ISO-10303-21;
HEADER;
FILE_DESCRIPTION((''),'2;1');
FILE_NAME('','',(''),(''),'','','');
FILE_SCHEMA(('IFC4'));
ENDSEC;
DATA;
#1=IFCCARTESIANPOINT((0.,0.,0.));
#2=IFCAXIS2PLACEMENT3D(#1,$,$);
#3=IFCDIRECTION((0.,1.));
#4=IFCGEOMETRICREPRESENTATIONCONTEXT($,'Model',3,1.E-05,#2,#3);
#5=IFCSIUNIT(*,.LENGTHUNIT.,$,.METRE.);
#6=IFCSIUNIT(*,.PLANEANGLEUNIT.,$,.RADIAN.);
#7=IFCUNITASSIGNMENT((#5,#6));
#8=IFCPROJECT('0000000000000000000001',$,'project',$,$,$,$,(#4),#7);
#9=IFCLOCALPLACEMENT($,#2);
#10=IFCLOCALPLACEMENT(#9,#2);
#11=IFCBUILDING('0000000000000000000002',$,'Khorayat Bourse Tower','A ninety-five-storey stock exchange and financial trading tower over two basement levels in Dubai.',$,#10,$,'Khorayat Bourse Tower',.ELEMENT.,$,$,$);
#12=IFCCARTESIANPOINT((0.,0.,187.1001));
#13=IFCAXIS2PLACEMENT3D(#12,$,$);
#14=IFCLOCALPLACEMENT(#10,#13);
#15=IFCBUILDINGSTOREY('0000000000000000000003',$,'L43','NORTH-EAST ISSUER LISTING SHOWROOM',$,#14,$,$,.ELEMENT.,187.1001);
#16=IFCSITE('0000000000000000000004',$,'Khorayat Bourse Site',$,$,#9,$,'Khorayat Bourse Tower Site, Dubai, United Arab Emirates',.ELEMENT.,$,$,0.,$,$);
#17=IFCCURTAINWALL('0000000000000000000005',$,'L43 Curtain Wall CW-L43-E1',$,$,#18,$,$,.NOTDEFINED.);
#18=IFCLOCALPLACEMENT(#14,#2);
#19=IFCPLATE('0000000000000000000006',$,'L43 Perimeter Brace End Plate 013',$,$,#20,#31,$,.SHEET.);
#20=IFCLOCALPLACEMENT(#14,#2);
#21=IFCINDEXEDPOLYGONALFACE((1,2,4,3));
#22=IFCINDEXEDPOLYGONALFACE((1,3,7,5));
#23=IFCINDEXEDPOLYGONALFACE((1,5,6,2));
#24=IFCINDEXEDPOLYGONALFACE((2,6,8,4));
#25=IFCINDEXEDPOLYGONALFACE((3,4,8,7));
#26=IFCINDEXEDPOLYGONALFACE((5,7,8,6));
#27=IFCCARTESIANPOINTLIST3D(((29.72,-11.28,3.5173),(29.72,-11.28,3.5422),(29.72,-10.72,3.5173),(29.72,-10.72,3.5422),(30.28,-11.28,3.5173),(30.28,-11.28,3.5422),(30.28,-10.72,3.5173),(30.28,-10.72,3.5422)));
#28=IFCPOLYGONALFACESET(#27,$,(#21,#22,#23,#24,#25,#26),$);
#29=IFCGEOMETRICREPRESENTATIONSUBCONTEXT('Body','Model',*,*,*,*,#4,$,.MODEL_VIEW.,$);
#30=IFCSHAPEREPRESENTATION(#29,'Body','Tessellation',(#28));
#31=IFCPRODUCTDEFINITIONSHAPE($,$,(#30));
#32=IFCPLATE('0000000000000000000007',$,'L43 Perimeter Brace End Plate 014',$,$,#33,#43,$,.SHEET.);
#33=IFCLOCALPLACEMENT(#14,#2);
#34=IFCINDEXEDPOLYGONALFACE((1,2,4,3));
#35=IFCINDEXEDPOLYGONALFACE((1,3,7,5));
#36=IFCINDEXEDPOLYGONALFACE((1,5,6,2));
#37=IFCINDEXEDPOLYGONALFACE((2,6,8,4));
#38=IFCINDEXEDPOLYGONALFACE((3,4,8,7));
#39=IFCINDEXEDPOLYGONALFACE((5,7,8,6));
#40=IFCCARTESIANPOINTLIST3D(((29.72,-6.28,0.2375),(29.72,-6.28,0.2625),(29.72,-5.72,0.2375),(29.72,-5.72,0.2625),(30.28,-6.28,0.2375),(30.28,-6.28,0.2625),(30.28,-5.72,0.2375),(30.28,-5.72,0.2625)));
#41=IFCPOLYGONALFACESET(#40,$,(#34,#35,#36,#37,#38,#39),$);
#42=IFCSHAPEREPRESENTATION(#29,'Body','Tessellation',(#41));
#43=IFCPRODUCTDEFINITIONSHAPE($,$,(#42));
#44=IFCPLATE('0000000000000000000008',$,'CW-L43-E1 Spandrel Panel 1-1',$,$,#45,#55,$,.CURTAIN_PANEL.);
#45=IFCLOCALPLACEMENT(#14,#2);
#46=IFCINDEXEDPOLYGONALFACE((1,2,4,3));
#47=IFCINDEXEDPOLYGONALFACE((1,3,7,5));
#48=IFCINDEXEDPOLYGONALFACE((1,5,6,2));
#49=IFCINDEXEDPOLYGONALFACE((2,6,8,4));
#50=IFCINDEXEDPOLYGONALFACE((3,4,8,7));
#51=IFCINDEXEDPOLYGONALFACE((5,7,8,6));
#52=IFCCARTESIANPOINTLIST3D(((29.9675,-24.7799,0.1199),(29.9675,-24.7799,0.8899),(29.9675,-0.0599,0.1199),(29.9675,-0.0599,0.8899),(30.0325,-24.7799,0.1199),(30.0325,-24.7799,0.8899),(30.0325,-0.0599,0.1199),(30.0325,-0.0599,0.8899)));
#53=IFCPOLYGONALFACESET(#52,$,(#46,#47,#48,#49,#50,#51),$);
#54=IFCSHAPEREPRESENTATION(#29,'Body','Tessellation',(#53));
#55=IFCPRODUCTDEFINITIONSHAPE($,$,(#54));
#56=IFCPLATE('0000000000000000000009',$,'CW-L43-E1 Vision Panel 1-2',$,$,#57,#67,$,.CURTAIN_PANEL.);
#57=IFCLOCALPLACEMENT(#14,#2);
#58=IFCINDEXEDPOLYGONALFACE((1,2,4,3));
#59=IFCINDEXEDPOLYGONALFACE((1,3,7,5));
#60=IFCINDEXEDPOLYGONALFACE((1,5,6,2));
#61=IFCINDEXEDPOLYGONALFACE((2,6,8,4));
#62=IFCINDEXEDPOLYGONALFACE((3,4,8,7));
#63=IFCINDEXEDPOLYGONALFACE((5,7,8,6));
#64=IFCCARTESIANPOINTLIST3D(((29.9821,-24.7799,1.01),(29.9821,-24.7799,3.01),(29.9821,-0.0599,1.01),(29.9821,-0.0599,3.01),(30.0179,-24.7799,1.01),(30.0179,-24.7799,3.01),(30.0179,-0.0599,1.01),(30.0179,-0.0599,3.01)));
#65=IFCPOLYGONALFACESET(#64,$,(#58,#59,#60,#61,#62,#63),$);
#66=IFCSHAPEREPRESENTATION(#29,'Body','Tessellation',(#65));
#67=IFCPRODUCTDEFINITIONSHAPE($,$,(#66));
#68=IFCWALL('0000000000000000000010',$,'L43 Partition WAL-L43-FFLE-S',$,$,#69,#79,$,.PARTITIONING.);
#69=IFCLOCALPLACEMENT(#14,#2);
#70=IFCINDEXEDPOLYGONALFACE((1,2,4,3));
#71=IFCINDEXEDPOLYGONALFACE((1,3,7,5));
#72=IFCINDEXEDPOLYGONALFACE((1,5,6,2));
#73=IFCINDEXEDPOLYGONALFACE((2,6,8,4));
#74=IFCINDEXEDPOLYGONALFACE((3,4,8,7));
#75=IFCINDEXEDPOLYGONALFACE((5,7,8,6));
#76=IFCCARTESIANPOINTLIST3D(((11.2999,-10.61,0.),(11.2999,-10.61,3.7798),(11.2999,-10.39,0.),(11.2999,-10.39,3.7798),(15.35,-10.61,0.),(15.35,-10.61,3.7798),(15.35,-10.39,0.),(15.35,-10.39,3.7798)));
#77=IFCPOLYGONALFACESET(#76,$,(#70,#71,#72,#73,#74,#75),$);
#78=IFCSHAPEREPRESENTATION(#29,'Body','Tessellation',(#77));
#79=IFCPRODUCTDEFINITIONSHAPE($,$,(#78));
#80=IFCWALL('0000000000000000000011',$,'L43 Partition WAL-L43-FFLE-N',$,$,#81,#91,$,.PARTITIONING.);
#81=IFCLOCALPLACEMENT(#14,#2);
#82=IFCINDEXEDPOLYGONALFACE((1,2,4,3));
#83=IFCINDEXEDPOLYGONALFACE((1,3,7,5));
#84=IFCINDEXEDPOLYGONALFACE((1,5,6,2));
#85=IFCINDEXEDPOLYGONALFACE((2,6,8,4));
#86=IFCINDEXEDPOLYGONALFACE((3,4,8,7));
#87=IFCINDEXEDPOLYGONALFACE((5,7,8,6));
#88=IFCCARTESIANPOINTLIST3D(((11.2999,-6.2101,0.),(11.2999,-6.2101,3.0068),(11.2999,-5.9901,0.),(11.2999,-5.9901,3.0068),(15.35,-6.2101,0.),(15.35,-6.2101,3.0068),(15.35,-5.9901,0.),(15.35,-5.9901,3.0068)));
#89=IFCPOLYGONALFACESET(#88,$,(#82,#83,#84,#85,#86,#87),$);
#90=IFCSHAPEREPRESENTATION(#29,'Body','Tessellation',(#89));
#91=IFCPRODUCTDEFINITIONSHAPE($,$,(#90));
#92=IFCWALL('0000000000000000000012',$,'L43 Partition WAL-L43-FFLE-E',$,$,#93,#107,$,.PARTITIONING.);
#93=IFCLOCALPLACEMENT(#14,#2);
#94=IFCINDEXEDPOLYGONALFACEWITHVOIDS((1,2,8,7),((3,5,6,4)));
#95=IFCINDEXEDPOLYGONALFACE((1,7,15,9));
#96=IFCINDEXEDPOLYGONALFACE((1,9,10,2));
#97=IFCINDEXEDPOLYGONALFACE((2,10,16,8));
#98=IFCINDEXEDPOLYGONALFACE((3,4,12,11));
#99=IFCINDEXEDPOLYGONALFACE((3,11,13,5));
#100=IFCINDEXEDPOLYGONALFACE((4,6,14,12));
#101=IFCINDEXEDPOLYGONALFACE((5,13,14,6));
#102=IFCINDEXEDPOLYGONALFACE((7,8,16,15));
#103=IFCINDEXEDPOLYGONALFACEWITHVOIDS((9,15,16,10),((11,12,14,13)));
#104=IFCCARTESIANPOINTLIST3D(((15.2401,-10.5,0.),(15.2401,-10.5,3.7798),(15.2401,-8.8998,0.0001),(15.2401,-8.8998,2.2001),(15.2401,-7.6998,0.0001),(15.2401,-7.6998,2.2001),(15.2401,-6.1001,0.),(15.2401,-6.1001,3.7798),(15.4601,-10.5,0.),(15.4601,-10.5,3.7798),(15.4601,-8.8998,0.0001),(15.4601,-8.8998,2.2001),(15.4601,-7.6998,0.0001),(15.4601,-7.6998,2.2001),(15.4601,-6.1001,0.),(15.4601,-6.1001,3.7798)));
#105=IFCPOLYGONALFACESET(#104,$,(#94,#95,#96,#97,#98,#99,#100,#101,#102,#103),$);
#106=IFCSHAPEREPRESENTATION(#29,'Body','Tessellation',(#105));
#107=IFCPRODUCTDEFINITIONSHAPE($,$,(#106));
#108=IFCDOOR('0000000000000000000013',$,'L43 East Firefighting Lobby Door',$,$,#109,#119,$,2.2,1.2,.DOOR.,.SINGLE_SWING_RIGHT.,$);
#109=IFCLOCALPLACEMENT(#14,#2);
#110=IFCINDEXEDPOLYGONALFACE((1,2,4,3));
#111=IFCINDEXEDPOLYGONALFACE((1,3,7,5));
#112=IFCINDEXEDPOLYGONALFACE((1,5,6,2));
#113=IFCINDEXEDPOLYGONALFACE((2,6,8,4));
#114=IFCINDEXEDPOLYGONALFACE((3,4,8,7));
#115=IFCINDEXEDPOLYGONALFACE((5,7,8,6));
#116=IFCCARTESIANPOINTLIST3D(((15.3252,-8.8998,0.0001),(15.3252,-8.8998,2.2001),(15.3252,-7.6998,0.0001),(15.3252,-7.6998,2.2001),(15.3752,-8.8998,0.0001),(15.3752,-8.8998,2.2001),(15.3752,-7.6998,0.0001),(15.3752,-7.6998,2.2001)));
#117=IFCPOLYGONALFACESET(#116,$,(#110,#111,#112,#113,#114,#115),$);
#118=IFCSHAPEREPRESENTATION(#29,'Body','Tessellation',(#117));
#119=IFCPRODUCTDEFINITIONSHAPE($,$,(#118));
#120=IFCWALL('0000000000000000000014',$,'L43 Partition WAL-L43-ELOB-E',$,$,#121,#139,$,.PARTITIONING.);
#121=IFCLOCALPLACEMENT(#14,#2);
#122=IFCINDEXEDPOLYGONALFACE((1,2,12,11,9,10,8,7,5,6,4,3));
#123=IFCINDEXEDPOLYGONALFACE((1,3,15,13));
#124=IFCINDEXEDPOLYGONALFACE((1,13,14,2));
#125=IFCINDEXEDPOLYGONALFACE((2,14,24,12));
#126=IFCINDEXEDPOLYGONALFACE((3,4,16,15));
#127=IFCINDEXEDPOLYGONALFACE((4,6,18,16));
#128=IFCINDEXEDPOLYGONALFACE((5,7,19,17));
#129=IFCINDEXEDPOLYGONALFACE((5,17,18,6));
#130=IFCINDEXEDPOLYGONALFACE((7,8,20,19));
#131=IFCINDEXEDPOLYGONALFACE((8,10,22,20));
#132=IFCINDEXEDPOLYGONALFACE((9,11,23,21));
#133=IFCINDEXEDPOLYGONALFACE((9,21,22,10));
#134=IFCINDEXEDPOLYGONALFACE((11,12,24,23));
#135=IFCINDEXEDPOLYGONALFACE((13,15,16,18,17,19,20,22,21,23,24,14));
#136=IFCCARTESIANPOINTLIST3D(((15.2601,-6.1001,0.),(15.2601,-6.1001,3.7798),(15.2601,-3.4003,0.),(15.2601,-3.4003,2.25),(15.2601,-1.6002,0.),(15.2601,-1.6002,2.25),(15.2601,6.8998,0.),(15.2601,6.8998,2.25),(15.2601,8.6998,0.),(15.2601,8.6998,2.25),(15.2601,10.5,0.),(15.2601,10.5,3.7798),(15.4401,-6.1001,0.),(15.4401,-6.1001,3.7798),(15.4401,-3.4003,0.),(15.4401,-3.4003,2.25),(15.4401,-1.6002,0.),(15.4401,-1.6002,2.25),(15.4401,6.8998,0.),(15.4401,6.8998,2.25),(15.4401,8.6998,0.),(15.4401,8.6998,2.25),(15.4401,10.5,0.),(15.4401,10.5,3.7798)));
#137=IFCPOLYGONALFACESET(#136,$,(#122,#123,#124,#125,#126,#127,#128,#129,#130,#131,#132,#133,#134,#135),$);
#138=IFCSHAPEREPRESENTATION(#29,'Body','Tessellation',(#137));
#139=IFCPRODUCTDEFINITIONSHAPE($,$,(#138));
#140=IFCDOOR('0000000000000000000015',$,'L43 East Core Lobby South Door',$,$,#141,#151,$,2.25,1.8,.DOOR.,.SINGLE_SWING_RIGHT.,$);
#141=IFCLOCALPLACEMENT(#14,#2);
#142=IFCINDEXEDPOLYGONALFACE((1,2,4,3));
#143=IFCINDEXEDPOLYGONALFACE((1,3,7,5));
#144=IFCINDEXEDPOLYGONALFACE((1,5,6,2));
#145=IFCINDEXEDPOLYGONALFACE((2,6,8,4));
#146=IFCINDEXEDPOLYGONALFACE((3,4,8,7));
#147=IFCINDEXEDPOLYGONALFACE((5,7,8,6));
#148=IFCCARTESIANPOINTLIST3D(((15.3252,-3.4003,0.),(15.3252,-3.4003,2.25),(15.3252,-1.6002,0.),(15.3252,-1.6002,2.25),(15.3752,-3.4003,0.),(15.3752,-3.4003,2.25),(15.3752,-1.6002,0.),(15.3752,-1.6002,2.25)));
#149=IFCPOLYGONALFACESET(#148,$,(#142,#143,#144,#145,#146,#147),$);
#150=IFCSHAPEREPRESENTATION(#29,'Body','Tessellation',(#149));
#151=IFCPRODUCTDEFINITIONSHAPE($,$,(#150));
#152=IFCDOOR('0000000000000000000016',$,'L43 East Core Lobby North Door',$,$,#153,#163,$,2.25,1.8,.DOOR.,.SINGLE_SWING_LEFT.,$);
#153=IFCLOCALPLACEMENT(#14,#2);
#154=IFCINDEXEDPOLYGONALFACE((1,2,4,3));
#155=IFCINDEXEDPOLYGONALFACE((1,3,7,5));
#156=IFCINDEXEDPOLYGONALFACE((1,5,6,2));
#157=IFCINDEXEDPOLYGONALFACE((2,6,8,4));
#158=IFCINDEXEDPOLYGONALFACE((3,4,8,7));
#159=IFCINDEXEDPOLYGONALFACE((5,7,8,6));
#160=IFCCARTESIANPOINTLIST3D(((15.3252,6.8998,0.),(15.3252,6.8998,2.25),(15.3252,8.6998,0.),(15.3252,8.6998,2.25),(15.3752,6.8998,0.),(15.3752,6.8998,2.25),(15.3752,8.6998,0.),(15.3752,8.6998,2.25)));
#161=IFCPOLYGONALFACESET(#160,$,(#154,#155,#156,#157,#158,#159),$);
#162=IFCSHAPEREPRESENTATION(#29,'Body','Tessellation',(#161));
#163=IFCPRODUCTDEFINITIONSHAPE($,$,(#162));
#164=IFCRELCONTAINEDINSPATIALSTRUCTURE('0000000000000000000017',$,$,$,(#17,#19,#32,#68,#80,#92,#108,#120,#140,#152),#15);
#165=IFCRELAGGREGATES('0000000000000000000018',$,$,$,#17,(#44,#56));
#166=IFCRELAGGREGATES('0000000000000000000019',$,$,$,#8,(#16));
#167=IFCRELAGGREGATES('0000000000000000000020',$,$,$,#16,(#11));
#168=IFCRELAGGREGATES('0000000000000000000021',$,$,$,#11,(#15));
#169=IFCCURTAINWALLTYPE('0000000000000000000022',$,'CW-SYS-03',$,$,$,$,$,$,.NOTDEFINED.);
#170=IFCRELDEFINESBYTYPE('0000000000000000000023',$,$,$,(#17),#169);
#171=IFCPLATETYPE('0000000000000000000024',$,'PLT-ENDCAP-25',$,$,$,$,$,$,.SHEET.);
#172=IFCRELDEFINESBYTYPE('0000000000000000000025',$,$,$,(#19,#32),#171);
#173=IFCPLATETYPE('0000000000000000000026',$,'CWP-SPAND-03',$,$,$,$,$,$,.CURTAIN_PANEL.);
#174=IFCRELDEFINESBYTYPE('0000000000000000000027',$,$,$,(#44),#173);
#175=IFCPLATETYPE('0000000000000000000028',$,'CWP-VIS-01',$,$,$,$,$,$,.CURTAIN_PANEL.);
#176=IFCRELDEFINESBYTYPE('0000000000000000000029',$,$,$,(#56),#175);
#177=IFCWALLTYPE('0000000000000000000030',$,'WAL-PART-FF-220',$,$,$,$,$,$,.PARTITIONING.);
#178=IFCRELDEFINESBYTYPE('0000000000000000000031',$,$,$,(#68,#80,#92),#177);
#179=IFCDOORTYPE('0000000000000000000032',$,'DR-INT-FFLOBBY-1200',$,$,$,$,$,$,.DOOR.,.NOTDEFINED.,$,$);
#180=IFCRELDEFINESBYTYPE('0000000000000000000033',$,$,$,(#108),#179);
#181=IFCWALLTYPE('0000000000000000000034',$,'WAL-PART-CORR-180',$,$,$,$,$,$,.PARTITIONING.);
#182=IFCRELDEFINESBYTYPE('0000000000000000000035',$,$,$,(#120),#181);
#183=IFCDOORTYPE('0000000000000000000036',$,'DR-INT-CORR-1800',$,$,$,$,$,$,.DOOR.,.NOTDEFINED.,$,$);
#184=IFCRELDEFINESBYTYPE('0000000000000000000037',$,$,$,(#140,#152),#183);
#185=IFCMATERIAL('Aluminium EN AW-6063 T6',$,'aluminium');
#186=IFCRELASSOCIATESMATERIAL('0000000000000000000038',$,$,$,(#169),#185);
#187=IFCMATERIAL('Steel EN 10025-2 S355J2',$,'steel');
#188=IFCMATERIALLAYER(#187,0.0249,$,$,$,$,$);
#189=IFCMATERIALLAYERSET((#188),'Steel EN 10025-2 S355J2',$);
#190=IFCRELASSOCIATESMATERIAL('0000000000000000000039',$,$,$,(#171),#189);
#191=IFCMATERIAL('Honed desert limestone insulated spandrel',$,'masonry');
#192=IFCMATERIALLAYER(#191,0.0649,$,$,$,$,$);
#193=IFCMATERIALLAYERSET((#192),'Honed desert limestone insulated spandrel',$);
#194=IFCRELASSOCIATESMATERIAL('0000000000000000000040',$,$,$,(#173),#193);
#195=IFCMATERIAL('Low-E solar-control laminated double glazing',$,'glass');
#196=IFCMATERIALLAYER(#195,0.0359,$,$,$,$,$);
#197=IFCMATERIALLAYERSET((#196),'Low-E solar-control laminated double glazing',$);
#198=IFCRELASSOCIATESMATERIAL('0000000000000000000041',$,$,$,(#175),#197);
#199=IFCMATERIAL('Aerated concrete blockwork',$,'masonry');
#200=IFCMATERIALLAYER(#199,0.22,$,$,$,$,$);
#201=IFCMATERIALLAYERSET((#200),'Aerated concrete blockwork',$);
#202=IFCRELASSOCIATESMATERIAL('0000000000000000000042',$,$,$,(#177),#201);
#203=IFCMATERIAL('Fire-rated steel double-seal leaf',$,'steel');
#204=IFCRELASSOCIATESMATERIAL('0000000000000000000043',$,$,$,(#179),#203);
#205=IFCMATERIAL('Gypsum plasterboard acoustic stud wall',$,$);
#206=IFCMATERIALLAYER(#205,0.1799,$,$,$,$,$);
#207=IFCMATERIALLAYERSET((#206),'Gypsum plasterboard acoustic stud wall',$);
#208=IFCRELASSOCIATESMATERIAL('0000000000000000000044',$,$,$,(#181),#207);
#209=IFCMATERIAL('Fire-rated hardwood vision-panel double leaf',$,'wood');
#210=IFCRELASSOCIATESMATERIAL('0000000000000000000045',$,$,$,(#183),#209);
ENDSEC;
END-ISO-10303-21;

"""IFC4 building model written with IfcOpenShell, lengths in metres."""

from ifc_helpers import new_model, si_unit, direction, frame, frame_2d, origin, origin_2d, place, context, subcontext, project, spatial, rectangle, extrude, source, transform, mapped, material, layer, layer_set, type_object, element, fill, aggregate, save


model = new_model("IFC4")

# Units and contexts
model_context = context("Model", 3, precision=1e-05, world=origin(), true_north=direction((0.0, 1.0)))
body_context = subcontext(model_context, "Body", "Model", "MODEL_VIEW")
ifc_project = project(units=[si_unit("LENGTHUNIT", "METRE"), si_unit("PLANEANGLEUNIT", "RADIAN")], contexts=[model_context])

# Site, building, storey
site_placement = place(None, origin())
site = spatial("IfcSite", under=ifc_project, at=site_placement, Name="Khorayat Bourse Site", LongName="Khorayat Bourse Tower Site, Dubai, United Arab Emirates", CompositionType="ELEMENT", RefElevation=0.0)
building_placement = place(site_placement, origin())
building = spatial("IfcBuilding", under=site, at=building_placement, Name="Khorayat Bourse Tower", Description="A ninety-five-storey stock exchange and financial trading tower over two basement levels in Dubai.", LongName="Khorayat Bourse Tower", CompositionType="ELEMENT")
storey_placement = place(building_placement, frame((0.0, 0.0, 187.1001)))
storey = spatial("IfcBuildingStorey", under=building, at=storey_placement, Name="L43", Description="NORTH-EAST ISSUER LISTING SHOWROOM", CompositionType="ELEMENT", Elevation=187.1001)

# Curtain wall
ifc_material_1 = material(Name="Aluminium EN AW-6063 T6", Category="aluminium")
curtain_wall_type = type_object("IfcCurtainWallType", Name="CW-SYS-03", PredefinedType="NOTDEFINED", material=ifc_material_1)
curtain_wall_placement = place(storey_placement, origin())
curtain_wall = element("IfcCurtainWall", 1, at=curtain_wall_placement, inside=storey, type_object=curtain_wall_type, Name="L43 Curtain Wall CW-L43-E1", PredefinedType="NOTDEFINED")

# Plates
ifc_material_2 = material(Name="Steel EN 10025-2 S355J2", Category="steel")
ifc_layer_1 = layer(ifc_material_2, 0.0249)
ifc_layer_set_1 = layer_set([ifc_layer_1], Name="Steel EN 10025-2 S355J2")
plate_type_1 = type_object("IfcPlateType", Name="PLT-ENDCAP-25", PredefinedType="SHEET", material=ifc_layer_set_1)
shared_shape_1 = source(origin(), body_context, "Body", "SweptSolid", [
    extrude(rectangle(XDim=0.5601, YDim=0.5601, at=origin_2d()), origin(), (0.0, 0.0, 1.0), 0.0249),
])
for number, where, z_axis, x_axis, name in (
    (2, (30.0, -11.0, 3.5173), (0.0, 0.0, 1.0), (1.0, 0.0, 0.0), "L43 Perimeter Brace End Plate 013"),
    (3, (30.0, -6.0, 0.2375), (0.0, 0.0, 1.0), (1.0, 0.0, 0.0), "L43 Perimeter Brace End Plate 014"),
):
    element("IfcPlate", number, at=place(storey_placement, frame(where, z_axis=z_axis, x_axis=x_axis)), inside=storey, type_object=plate_type_1, Name=name, PredefinedType="SHEET", context=body_context, shape_type="MappedRepresentation", body=[
        mapped(shared_shape_1, transform((0.0, 0.0, 0.0), scale=1.0)),
    ])

# Plates
ifc_material_3 = material(Name="Honed desert limestone insulated spandrel", Category="masonry")
ifc_layer_2 = layer(ifc_material_3, 0.0649)
ifc_layer_set_2 = layer_set([ifc_layer_2], Name="Honed desert limestone insulated spandrel")
plate_type_2 = type_object("IfcPlateType", Name="CWP-SPAND-03", PredefinedType="CURTAIN_PANEL", material=ifc_layer_set_2)
shared_shape_2 = source(origin(), body_context, "Body", "SweptSolid", [
    extrude(rectangle(XDim=24.72, YDim=0.0649, at=origin_2d()), origin(), (0.0, 0.0, 1.0), 0.77),
])
plate_1_placement = place(storey_placement, frame((30.0, -12.4199, 0.1199), z_axis=(0.0, 0.0, 1.0), x_axis=(0.0, 1.0, 0.0)))
plate_1 = element("IfcPlate", 4, at=plate_1_placement, type_object=plate_type_2, Name="CW-L43-E1 Spandrel Panel 1-1", PredefinedType="CURTAIN_PANEL", context=body_context, shape_type="MappedRepresentation", body=[
    mapped(shared_shape_2, transform((0.0, 0.0, 0.0), scale=1.0)),
])
ifc_material_4 = material(Name="Low-E solar-control laminated double glazing", Category="glass")
ifc_layer_3 = layer(ifc_material_4, 0.0359)
ifc_layer_set_3 = layer_set([ifc_layer_3], Name="Low-E solar-control laminated double glazing")
plate_type_3 = type_object("IfcPlateType", Name="CWP-VIS-01", PredefinedType="CURTAIN_PANEL", material=ifc_layer_set_3)
shared_shape_3 = source(origin(), body_context, "Body", "SweptSolid", [
    extrude(rectangle(XDim=24.72, YDim=0.0359, at=origin_2d()), origin(), (0.0, 0.0, 1.0), 2.0),
])
plate_2_placement = place(storey_placement, frame((30.0, -12.4199, 1.01), z_axis=(0.0, 0.0, 1.0), x_axis=(0.0, 1.0, 0.0)))
plate_2 = element("IfcPlate", 5, at=plate_2_placement, type_object=plate_type_3, Name="CW-L43-E1 Vision Panel 1-2", PredefinedType="CURTAIN_PANEL", context=body_context, shape_type="MappedRepresentation", body=[
    mapped(shared_shape_3, transform((0.0, 0.0, 0.0), scale=1.0)),
])
aggregate(curtain_wall, [plate_1, plate_2])

# Walls
ifc_material_5 = material(Name="Aerated concrete blockwork", Category="masonry")
ifc_layer_4 = layer(ifc_material_5, 0.22)
ifc_layer_set_4 = layer_set([ifc_layer_4], Name="Aerated concrete blockwork")
wall_type_1 = type_object("IfcWallType", Name="WAL-PART-FF-220", PredefinedType="PARTITIONING", material=ifc_layer_set_4)
shared_shape_4 = source(origin(), body_context, "Body", "SweptSolid", [
    extrude(rectangle(XDim=4.05, YDim=0.22, at=frame_2d((2.0249, 0.0))), origin(), (0.0, 0.0, 1.0), 3.7798),
])
wall_1_placement = place(storey_placement, frame((11.3, -10.5, 0.0), z_axis=(0.0, 0.0, 1.0), x_axis=(1.0, 0.0, 0.0)))
element("IfcWall", 6, at=wall_1_placement, inside=storey, type_object=wall_type_1, Name="L43 Partition WAL-L43-FFLE-S", PredefinedType="PARTITIONING", context=body_context, shape_type="MappedRepresentation", body=[
    mapped(shared_shape_4, transform((0.0, 0.0, 0.0), scale=1.0)),
])
shared_shape_5 = source(origin(), body_context, "Body", "SweptSolid", [
    extrude(rectangle(XDim=4.05, YDim=0.22, at=frame_2d((2.0249, 0.0))), origin(), (0.0, 0.0, 1.0), 3.0068),
])
wall_2_placement = place(storey_placement, frame((11.3, -6.1001, 0.0), z_axis=(0.0, 0.0, 1.0), x_axis=(1.0, 0.0, 0.0)))
element("IfcWall", 7, at=wall_2_placement, inside=storey, type_object=wall_type_1, Name="L43 Partition WAL-L43-FFLE-N", PredefinedType="PARTITIONING", context=body_context, shape_type="MappedRepresentation", body=[
    mapped(shared_shape_5, transform((0.0, 0.0, 0.0), scale=1.0)),
])

# Wall, opening, door
shared_shape_6 = source(origin(), body_context, "Body", "SweptSolid", [
    extrude(rectangle(XDim=4.3999, YDim=0.22, at=frame_2d((2.2, 0.0))), origin(), (0.0, 0.0, 1.0), 3.7798),
])
wall_3_placement = place(storey_placement, frame((15.3501, -10.5, 0.0), z_axis=(0.0, 0.0, 1.0), x_axis=(0.0, 1.0, 0.0)))
wall_3 = element("IfcWall", 8, at=wall_3_placement, inside=storey, type_object=wall_type_1, Name="L43 Partition WAL-L43-FFLE-E", PredefinedType="PARTITIONING", context=body_context, shape_type="MappedRepresentation", body=[
    mapped(shared_shape_6, transform((0.0, 0.0, 0.0), scale=1.0)),
])
shared_shape_7 = source(origin(), body_context, "Body", "SweptSolid", [
    extrude(rectangle(XDim=1.2, YDim=2.2, at=frame_2d((0.6001, 1.1001))), frame((0.0, 0.1199, 0.0), z_axis=(0.0, -1.0, 0.0), x_axis=(1.0, 0.0, 0.0)), (0.0, 0.0, 1.0), 0.24),
])
opening_1_placement = place(wall_3_placement, frame((1.6001, 0.0, 0.0)))
opening_1 = element("IfcOpeningElement", 9, at=opening_1_placement, cuts=wall_3, PredefinedType="OPENING", context=body_context, shape_type="MappedRepresentation", body=[
    mapped(shared_shape_7, transform((0.0, 0.0, 0.0), scale=1.0)),
])
ifc_material_6 = material(Name="Fire-rated steel double-seal leaf", Category="steel")
door_type_1 = type_object("IfcDoorType", Name="DR-INT-FFLOBBY-1200", OperationType="NOTDEFINED", PredefinedType="DOOR", material=ifc_material_6)
shared_shape_8 = source(origin(), body_context, "Body", "SweptSolid", [
    extrude(rectangle(XDim=1.2, YDim=2.2, at=frame_2d((0.6001, 1.1001))), frame((0.0, 0.0249, 0.0), z_axis=(0.0, -1.0, 0.0), x_axis=(1.0, 0.0, 0.0)), (0.0, 0.0, 1.0), 0.05),
])
door_1_placement = place(opening_1_placement, origin())
door_1 = element("IfcDoor", 10, at=door_1_placement, inside=storey, type_object=door_type_1, Name="L43 East Firefighting Lobby Door", OperationType="SINGLE_SWING_RIGHT", OverallHeight=2.2, OverallWidth=1.2, PredefinedType="DOOR", context=body_context, shape_type="MappedRepresentation", body=[
    mapped(shared_shape_8, transform((0.0, 0.0, 0.0), scale=1.0)),
])
fill(opening_1, door_1)

# Wall, openings, doors
ifc_material_7 = material(Name="Gypsum plasterboard acoustic stud wall")
ifc_layer_5 = layer(ifc_material_7, 0.1799)
ifc_layer_set_5 = layer_set([ifc_layer_5], Name="Gypsum plasterboard acoustic stud wall")
wall_type_2 = type_object("IfcWallType", Name="WAL-PART-CORR-180", PredefinedType="PARTITIONING", material=ifc_layer_set_5)
shared_shape_9 = source(origin(), body_context, "Body", "SweptSolid", [
    extrude(rectangle(XDim=16.6001, YDim=0.1799, at=frame_2d((8.3, 0.0))), origin(), (0.0, 0.0, 1.0), 3.7798),
])
wall_4_placement = place(storey_placement, frame((15.3501, -6.1001, 0.0), z_axis=(0.0, 0.0, 1.0), x_axis=(0.0, 1.0, 0.0)))
wall_4 = element("IfcWall", 11, at=wall_4_placement, inside=storey, type_object=wall_type_2, Name="L43 Partition WAL-L43-ELOB-E", PredefinedType="PARTITIONING", context=body_context, shape_type="MappedRepresentation", body=[
    mapped(shared_shape_9, transform((0.0, 0.0, 0.0), scale=1.0)),
])
shared_shape_10 = source(origin(), body_context, "Body", "SweptSolid", [
    extrude(rectangle(XDim=1.8, YDim=2.25, at=frame_2d((0.8999, 1.125))), frame((0.0, 0.0999, 0.0), z_axis=(0.0, -1.0, 0.0), x_axis=(1.0, 0.0, 0.0)), (0.0, 0.0, 1.0), 0.2),
])
opening_2_placement = place(wall_4_placement, frame((2.7, 0.0, 0.0)))
opening_2 = element("IfcOpeningElement", 12, at=opening_2_placement, cuts=wall_4, PredefinedType="OPENING", context=body_context, shape_type="MappedRepresentation", body=[
    mapped(shared_shape_10, transform((0.0, 0.0, 0.0), scale=1.0)),
])
opening_3_placement = place(wall_4_placement, frame((13.0, 0.0, 0.0)))
opening_3 = element("IfcOpeningElement", 13, at=opening_3_placement, cuts=wall_4, PredefinedType="OPENING", context=body_context, shape_type="MappedRepresentation", body=[
    mapped(shared_shape_10, transform((0.0, 0.0, 0.0), scale=1.0)),
])
ifc_material_8 = material(Name="Fire-rated hardwood vision-panel double leaf", Category="wood")
door_type_2 = type_object("IfcDoorType", Name="DR-INT-CORR-1800", OperationType="NOTDEFINED", PredefinedType="DOOR", material=ifc_material_8)
shared_shape_11 = source(origin(), body_context, "Body", "SweptSolid", [
    extrude(rectangle(XDim=1.8, YDim=2.25, at=frame_2d((0.8999, 1.125))), frame((0.0, 0.0249, 0.0), z_axis=(0.0, -1.0, 0.0), x_axis=(1.0, 0.0, 0.0)), (0.0, 0.0, 1.0), 0.05),
])
door_2_placement = place(opening_2_placement, origin())
door_2 = element("IfcDoor", 14, at=door_2_placement, inside=storey, type_object=door_type_2, Name="L43 East Core Lobby South Door", OperationType="SINGLE_SWING_RIGHT", OverallHeight=2.25, OverallWidth=1.8, PredefinedType="DOOR", context=body_context, shape_type="MappedRepresentation", body=[
    mapped(shared_shape_11, transform((0.0, 0.0, 0.0), scale=1.0)),
])
fill(opening_2, door_2)
door_3_placement = place(opening_3_placement, origin())
door_3 = element("IfcDoor", 15, at=door_3_placement, inside=storey, type_object=door_type_2, Name="L43 East Core Lobby North Door", OperationType="SINGLE_SWING_LEFT", OverallHeight=2.25, OverallWidth=1.8, PredefinedType="DOOR", context=body_context, shape_type="MappedRepresentation", body=[
    mapped(shared_shape_11, transform((0.0, 0.0, 0.0), scale=1.0)),
])
fill(opening_3, door_3)

save(model, "model.ifc")
